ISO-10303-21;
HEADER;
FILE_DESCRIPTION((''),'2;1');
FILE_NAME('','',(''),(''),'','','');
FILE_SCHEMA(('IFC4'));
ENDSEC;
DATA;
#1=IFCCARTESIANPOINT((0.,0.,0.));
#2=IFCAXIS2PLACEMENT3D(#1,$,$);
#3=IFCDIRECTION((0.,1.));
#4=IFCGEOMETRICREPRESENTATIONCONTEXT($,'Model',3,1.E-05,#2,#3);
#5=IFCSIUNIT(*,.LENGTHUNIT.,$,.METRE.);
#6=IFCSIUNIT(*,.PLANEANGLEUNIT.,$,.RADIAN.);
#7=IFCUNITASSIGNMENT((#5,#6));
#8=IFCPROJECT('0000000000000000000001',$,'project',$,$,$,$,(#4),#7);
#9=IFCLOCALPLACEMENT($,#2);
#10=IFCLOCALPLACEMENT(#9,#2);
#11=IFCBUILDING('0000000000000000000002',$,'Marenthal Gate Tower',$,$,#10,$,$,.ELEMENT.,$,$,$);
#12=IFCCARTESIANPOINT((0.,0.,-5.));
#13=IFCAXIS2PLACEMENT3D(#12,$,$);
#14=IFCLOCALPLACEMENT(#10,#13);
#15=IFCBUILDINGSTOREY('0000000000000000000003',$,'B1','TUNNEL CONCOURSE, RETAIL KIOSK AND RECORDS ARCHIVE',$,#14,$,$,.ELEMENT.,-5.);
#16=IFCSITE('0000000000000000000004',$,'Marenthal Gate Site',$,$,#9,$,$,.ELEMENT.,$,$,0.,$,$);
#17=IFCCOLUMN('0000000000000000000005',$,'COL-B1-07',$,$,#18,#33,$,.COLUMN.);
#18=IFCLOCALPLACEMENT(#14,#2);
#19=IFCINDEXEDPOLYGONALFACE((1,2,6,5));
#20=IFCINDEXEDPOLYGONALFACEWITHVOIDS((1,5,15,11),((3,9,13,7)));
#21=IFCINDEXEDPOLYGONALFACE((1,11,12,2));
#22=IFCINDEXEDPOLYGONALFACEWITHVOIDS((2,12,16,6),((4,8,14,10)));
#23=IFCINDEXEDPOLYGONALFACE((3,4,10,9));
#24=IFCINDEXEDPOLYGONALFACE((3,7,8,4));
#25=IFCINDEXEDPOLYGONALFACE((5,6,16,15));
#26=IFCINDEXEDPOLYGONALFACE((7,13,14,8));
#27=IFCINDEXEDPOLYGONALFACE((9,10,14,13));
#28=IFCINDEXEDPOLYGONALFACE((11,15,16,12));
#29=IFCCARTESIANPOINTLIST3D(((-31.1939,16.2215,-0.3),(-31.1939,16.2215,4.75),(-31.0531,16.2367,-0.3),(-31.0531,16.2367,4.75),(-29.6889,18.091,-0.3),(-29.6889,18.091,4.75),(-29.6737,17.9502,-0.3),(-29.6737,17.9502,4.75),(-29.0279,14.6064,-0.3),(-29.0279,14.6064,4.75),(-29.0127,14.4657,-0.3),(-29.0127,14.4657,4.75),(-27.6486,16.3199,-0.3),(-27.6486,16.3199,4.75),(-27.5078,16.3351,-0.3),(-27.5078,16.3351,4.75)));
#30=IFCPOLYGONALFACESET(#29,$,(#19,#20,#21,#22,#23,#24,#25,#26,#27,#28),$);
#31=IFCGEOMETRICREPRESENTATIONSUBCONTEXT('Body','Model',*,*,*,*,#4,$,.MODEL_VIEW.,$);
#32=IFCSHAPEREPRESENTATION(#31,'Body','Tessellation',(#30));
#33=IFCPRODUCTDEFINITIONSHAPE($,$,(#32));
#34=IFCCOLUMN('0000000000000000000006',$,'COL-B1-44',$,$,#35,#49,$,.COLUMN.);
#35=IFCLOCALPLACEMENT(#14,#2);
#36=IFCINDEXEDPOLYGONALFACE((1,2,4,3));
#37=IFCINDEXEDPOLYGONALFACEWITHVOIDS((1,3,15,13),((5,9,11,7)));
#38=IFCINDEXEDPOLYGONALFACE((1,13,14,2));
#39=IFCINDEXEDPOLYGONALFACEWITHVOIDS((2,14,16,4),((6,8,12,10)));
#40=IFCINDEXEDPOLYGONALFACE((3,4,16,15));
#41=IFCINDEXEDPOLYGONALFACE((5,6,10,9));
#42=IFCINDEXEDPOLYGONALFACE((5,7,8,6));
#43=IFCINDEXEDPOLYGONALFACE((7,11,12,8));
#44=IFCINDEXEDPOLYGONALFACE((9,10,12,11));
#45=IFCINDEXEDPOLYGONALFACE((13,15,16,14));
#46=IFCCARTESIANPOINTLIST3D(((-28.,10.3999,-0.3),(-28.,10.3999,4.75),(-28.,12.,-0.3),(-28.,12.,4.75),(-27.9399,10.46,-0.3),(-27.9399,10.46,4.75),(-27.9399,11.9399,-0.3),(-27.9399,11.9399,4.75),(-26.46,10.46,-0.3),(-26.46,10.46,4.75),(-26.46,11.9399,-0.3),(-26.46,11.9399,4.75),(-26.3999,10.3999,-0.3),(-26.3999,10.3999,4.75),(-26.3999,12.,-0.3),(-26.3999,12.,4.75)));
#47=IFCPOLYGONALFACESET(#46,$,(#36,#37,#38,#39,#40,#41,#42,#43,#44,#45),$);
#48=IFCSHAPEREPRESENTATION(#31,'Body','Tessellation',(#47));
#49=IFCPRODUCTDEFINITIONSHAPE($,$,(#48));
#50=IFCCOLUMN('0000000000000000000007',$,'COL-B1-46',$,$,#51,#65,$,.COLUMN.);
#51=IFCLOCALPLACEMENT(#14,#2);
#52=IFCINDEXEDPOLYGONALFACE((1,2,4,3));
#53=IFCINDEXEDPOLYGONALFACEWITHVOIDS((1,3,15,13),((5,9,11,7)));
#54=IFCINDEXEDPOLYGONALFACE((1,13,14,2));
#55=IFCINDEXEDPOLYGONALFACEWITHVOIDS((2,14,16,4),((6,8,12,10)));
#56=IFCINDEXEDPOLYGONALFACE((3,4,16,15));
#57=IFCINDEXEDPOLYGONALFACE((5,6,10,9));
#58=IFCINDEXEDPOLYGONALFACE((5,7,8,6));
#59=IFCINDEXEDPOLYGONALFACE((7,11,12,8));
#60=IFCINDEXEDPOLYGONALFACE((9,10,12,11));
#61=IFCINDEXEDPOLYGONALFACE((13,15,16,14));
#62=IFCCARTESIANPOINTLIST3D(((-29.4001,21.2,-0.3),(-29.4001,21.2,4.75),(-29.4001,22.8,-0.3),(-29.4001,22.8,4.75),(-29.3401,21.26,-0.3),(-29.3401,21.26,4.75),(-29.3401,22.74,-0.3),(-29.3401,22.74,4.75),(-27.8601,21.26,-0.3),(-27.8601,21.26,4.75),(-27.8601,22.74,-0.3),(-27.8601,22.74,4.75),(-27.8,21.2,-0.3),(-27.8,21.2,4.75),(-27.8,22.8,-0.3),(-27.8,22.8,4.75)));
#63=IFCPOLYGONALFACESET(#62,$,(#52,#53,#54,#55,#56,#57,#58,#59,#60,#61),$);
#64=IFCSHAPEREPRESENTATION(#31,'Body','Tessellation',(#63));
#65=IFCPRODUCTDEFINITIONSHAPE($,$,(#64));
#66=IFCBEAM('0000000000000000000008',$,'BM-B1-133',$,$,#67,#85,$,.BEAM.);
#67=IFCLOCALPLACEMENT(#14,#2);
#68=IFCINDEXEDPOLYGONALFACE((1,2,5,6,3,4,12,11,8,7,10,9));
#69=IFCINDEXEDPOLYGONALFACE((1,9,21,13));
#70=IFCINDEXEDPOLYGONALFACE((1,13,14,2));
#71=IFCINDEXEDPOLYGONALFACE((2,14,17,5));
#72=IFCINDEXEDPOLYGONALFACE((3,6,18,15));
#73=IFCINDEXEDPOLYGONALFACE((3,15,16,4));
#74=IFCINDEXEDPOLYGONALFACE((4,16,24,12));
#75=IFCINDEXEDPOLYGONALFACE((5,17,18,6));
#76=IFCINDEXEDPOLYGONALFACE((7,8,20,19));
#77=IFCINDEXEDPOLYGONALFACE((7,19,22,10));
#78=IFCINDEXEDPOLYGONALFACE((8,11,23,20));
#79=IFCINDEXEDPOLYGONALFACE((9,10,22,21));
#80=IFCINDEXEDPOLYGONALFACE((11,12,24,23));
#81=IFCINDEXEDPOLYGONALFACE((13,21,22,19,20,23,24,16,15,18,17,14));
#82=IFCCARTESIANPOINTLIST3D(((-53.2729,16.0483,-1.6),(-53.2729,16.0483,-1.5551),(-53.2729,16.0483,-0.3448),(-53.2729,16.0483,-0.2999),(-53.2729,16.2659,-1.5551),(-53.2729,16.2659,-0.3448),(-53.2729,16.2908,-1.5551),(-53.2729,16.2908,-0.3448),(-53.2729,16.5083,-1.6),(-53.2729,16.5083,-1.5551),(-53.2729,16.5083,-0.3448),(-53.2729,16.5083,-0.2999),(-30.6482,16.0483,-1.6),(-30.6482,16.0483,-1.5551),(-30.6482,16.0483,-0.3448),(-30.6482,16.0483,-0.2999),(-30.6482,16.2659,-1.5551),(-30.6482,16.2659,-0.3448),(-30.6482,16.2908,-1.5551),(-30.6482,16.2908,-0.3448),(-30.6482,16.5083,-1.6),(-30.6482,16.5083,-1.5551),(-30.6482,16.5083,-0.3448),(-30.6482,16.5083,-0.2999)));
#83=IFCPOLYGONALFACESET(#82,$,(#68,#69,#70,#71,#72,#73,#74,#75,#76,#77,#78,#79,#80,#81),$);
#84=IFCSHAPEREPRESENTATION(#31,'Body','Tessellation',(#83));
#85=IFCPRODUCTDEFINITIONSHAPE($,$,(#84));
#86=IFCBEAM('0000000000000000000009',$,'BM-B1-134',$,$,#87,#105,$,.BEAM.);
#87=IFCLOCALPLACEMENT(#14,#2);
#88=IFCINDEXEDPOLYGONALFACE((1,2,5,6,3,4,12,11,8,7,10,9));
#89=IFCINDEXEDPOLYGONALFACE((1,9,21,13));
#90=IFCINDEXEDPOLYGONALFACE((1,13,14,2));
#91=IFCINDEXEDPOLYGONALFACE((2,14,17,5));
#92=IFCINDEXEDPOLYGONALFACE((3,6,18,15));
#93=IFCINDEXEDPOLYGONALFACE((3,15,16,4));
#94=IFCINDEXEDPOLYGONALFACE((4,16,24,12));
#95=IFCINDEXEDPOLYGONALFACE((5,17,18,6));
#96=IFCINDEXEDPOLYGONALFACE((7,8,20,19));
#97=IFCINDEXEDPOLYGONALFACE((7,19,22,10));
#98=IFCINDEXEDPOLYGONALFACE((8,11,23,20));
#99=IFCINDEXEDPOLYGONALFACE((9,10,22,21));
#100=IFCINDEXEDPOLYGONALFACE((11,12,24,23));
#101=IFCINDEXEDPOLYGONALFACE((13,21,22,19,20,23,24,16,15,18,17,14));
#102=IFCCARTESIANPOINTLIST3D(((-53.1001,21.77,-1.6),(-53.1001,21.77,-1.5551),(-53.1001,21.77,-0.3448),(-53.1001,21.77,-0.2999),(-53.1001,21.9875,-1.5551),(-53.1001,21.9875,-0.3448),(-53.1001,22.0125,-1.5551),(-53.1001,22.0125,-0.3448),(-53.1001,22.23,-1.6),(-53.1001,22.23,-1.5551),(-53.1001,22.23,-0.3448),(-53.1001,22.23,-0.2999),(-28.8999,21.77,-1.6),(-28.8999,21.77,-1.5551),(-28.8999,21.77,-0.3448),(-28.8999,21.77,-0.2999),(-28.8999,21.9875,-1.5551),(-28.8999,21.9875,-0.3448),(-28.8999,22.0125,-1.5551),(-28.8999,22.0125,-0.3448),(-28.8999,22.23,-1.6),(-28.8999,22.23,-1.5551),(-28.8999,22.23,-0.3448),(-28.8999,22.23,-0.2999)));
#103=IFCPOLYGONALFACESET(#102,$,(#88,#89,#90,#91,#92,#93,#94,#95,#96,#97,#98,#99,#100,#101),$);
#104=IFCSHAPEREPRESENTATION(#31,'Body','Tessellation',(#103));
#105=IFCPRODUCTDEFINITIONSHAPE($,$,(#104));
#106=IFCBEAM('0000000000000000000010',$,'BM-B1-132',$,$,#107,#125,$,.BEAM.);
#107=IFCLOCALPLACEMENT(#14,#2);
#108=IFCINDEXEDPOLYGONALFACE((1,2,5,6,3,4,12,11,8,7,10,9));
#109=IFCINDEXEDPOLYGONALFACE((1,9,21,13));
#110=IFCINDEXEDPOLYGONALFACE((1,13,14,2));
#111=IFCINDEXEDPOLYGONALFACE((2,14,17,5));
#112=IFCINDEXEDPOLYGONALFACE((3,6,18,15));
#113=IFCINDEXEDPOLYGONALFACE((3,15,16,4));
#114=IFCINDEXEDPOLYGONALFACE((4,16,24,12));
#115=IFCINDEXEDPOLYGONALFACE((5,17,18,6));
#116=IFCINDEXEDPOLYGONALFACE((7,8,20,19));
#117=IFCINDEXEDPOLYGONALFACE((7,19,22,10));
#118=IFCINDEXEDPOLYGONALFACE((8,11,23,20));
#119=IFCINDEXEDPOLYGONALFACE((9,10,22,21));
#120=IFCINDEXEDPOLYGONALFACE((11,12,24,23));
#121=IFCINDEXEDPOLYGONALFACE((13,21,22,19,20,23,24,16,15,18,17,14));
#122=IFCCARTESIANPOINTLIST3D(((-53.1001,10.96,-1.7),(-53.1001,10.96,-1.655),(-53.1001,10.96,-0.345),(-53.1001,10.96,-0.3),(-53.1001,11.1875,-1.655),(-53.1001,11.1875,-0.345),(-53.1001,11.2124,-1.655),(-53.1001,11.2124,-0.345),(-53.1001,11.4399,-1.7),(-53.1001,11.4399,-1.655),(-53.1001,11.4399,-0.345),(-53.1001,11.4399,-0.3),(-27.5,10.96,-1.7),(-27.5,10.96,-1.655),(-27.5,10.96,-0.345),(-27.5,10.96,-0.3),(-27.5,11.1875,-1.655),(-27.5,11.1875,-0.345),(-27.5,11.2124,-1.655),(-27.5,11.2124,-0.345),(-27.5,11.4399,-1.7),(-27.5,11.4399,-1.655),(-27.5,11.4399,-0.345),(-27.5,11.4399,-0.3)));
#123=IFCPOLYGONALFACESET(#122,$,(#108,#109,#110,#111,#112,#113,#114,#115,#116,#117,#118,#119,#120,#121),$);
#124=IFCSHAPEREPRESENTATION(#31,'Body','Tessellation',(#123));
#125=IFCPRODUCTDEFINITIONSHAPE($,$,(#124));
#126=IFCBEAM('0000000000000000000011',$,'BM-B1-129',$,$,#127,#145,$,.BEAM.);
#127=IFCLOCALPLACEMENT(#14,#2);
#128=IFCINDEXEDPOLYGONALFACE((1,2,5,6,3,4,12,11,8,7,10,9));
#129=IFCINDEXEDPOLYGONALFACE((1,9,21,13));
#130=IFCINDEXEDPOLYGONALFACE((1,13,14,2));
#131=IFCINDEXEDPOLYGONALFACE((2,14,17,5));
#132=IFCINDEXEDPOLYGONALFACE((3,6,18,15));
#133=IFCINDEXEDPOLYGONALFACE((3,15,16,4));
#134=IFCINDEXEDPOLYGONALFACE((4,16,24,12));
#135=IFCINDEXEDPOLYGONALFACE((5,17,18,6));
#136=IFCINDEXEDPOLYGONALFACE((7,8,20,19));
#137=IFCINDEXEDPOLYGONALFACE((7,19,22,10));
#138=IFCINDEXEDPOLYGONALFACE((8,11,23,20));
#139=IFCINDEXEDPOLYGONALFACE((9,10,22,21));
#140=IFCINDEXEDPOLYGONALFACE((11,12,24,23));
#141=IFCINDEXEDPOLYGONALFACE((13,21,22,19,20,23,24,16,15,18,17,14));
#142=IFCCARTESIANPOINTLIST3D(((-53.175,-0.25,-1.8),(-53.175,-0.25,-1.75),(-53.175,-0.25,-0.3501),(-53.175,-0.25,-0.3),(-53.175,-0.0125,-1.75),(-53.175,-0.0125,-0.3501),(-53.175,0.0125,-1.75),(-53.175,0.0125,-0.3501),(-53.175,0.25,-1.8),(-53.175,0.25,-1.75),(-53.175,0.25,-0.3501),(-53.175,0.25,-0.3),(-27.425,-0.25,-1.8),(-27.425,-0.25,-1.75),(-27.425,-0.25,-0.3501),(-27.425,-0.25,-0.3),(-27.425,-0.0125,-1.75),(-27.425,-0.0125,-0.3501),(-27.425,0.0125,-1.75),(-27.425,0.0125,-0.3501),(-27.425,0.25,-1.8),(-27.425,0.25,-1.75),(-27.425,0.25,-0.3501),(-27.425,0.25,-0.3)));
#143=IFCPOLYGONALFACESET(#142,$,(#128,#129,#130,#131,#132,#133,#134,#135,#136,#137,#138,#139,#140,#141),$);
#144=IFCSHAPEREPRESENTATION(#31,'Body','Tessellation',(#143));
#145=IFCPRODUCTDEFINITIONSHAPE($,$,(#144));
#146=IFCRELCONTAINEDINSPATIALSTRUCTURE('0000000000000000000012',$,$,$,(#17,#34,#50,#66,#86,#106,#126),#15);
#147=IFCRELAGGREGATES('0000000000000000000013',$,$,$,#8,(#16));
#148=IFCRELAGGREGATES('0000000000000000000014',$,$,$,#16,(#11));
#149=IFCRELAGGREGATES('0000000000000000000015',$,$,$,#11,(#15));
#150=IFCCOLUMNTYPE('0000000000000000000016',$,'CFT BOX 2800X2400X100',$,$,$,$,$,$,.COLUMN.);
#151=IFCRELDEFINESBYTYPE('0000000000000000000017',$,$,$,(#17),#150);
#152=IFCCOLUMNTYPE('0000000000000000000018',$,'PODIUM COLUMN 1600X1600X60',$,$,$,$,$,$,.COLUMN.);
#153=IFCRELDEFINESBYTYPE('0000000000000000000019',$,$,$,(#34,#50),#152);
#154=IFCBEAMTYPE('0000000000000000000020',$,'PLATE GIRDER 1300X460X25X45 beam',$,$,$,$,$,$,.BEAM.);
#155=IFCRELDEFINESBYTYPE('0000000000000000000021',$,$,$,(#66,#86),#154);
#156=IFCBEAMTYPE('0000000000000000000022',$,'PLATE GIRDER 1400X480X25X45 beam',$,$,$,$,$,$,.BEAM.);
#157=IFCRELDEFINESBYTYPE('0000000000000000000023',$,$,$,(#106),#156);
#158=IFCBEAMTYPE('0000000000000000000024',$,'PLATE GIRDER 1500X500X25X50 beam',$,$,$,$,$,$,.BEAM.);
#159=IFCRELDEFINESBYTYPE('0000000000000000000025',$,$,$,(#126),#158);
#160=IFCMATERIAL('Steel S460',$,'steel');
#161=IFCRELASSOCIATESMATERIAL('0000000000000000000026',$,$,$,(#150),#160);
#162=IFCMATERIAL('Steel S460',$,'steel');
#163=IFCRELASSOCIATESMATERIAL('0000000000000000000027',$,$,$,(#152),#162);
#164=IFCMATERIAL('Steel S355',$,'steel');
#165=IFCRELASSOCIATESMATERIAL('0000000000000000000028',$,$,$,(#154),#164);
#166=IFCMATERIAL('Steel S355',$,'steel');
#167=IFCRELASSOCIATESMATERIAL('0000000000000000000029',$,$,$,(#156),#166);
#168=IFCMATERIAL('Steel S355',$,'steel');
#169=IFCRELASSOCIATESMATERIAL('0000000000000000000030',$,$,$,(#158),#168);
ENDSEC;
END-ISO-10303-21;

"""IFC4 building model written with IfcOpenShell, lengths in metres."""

from ifc_helpers import new_model, si_unit, direction, frame, origin, origin_2d, place, context, subcontext, project, spatial, rectangle, hollow_rectangle, i_section, extrude, material, material_profile, profile_set, type_object, element, save


model = new_model("IFC4")

# Units and contexts
model_context = context("Model", 3, precision=1e-05, world=origin(), true_north=direction((0.0, 1.0)))
body_context = subcontext(model_context, "Body", "Model", "MODEL_VIEW")
ifc_project = project(units=[si_unit("LENGTHUNIT", "METRE"), si_unit("PLANEANGLEUNIT", "RADIAN")], contexts=[model_context])

# Site, building, storey
site_placement = place(None, origin())
site = spatial("IfcSite", under=ifc_project, at=site_placement, Name="Marenthal Gate Site", CompositionType="ELEMENT", RefElevation=0.0)
building_placement = place(site_placement, origin())
building = spatial("IfcBuilding", under=site, at=building_placement, Name="Marenthal Gate Tower", CompositionType="ELEMENT")
storey_placement = place(building_placement, frame((0.0, 0.0, -5.0)))
storey = spatial("IfcBuildingStorey", under=building, at=storey_placement, Name="B1", Description="TUNNEL CONCOURSE, RETAIL KIOSK AND RECORDS ARCHIVE", CompositionType="ELEMENT", Elevation=-5.0)

# Columns
ifc_material_1 = material(Name="Steel S460", Category="steel")
ifc_material_profile_1 = material_profile(ifc_material_1, hollow_rectangle(XDim=2.3999, YDim=2.8, WallThickness=0.1001, at=origin_2d()), Name="CFT BOX 2800X2400X100")
ifc_material_2 = material(Name="Concrete 70 MPa", Category="concrete")
ifc_material_profile_2 = material_profile(ifc_material_2, rectangle(XDim=2.2, YDim=2.6001, at=origin_2d()), Name="CFT BOX 2800X2400X100 INFILL")
ifc_profile_set_1 = profile_set([ifc_material_profile_1, ifc_material_profile_2], Name="Steel S460 shell, Concrete 70 MPa infill")
column_type_1 = type_object("IfcColumnType", Name="CFT BOX 2800X2400X100", PredefinedType="COLUMN", material=ifc_profile_set_1)
column_placement = place(storey_placement, frame((-29.3508, 16.2783, -0.3), z_axis=(0.0, 0.0, 1.0), x_axis=(0.62707, 0.778963, 0.0)))
element("IfcColumn", 1, at=column_placement, inside=storey, type_object=column_type_1, Name="COL-B1-07", PredefinedType="COLUMN", context=body_context, shape_type="SweptSolid", body=[
    extrude(hollow_rectangle(XDim=2.3999, YDim=2.8, WallThickness=0.1001, at=origin_2d()), origin(), (0.0, 0.0, 1.0), 5.05),
])
ifc_material_3 = material(Name="Steel S460", Category="steel")
ifc_material_profile_3 = material_profile(ifc_material_3, hollow_rectangle(XDim=1.6001, YDim=1.6001, WallThickness=0.0601, at=origin_2d()), Name="CFT BOX 1600X1600X60")
ifc_material_4 = material(Name="Concrete 70 MPa", Category="concrete")
ifc_material_profile_4 = material_profile(ifc_material_4, rectangle(XDim=1.48, YDim=1.48, at=origin_2d()), Name="CFT BOX 1600X1600X60 INFILL")
ifc_profile_set_2 = profile_set([ifc_material_profile_3, ifc_material_profile_4], Name="Steel S460 shell, Concrete 70 MPa infill")
column_type_2 = type_object("IfcColumnType", Name="PODIUM COLUMN 1600X1600X60", PredefinedType="COLUMN", material=ifc_profile_set_2)
for number, where, z_axis, x_axis, name in (
    (2, (-27.2, 11.2, -0.3), (0.0, 0.0, 1.0), (1.0, 0.0, 0.0), "COL-B1-44"),
    (3, (-28.6001, 22.0, -0.3), (0.0, 0.0, 1.0), (1.0, 0.0, 0.0), "COL-B1-46"),
):
    element("IfcColumn", number, at=place(storey_placement, frame(where, z_axis=z_axis, x_axis=x_axis)), inside=storey, type_object=column_type_2, Name=name, PredefinedType="COLUMN", context=body_context, shape_type="SweptSolid", body=[
        extrude(hollow_rectangle(XDim=1.6001, YDim=1.6001, WallThickness=0.0601, at=origin_2d()), origin(), (0.0, 0.0, 1.0), 5.05),
    ])

# Beams
ifc_material_5 = material(Name="Steel S355", Category="steel")
ifc_material_profile_5 = material_profile(ifc_material_5, i_section(OverallWidth=0.46, OverallDepth=1.3, WebThickness=0.0249, FlangeThickness=0.0449, at=origin_2d()), Name="PLATE GIRDER 1300X460X25X45")
ifc_profile_set_3 = profile_set([ifc_material_profile_5], Name="Steel S355")
beam_type_1 = type_object("IfcBeamType", Name="PLATE GIRDER 1300X460X25X45 beam", PredefinedType="BEAM", material=ifc_profile_set_3)
beam_1_placement = place(storey_placement, frame((-30.6482, 16.2783, -0.95), z_axis=(-1.0, 0.0, 0.0), x_axis=(0.0, -1.0, 0.0)))
element("IfcBeam", 4, at=beam_1_placement, inside=storey, type_object=beam_type_1, Name="BM-B1-133", PredefinedType="BEAM", context=body_context, shape_type="SweptSolid", body=[
    extrude(i_section(OverallWidth=0.46, OverallDepth=1.3, WebThickness=0.0249, FlangeThickness=0.0449, at=origin_2d()), origin(), (0.0, 0.0, 1.0), 22.6248),
])
beam_2_placement = place(storey_placement, frame((-28.8999, 22.0, -0.95), z_axis=(-1.0, 0.0, 0.0), x_axis=(0.0, -1.0, 0.0)))
element("IfcBeam", 5, at=beam_2_placement, inside=storey, type_object=beam_type_1, Name="BM-B1-134", PredefinedType="BEAM", context=body_context, shape_type="SweptSolid", body=[
    extrude(i_section(OverallWidth=0.46, OverallDepth=1.3, WebThickness=0.0249, FlangeThickness=0.0449, at=origin_2d()), origin(), (0.0, 0.0, 1.0), 24.2002),
])
ifc_material_6 = material(Name="Steel S355", Category="steel")
ifc_material_profile_6 = material_profile(ifc_material_6, i_section(OverallWidth=0.48, OverallDepth=1.3999, WebThickness=0.0249, FlangeThickness=0.0449, at=origin_2d()), Name="PLATE GIRDER 1400X480X25X45")
ifc_profile_set_4 = profile_set([ifc_material_profile_6], Name="Steel S355")
beam_type_2 = type_object("IfcBeamType", Name="PLATE GIRDER 1400X480X25X45 beam", PredefinedType="BEAM", material=ifc_profile_set_4)
beam_3_placement = place(storey_placement, frame((-27.5, 11.2, -1.0), z_axis=(-1.0, 0.0, 0.0), x_axis=(0.0, -1.0, 0.0)))
element("IfcBeam", 6, at=beam_3_placement, inside=storey, type_object=beam_type_2, Name="BM-B1-132", PredefinedType="BEAM", context=body_context, shape_type="SweptSolid", body=[
    extrude(i_section(OverallWidth=0.48, OverallDepth=1.3999, WebThickness=0.0249, FlangeThickness=0.0449, at=origin_2d()), origin(), (0.0, 0.0, 1.0), 25.6001),
])
ifc_material_7 = material(Name="Steel S355", Category="steel")
ifc_material_profile_7 = material_profile(ifc_material_7, i_section(OverallWidth=0.5, OverallDepth=1.5, WebThickness=0.0249, FlangeThickness=0.05, at=origin_2d()), Name="PLATE GIRDER 1500X500X25X50")
ifc_profile_set_5 = profile_set([ifc_material_profile_7], Name="Steel S355")
beam_type_3 = type_object("IfcBeamType", Name="PLATE GIRDER 1500X500X25X50 beam", PredefinedType="BEAM", material=ifc_profile_set_5)
beam_4_placement = place(storey_placement, frame((-27.425, 0.0, -1.05), z_axis=(-1.0, 0.0, 0.0), x_axis=(0.0, -1.0, 0.0)))
element("IfcBeam", 7, at=beam_4_placement, inside=storey, type_object=beam_type_3, Name="BM-B1-129", PredefinedType="BEAM", context=body_context, shape_type="SweptSolid", body=[
    extrude(i_section(OverallWidth=0.5, OverallDepth=1.5, WebThickness=0.0249, FlangeThickness=0.05, at=origin_2d()), origin(), (0.0, 0.0, 1.0), 25.75),
])

save(model, "model.ifc")
